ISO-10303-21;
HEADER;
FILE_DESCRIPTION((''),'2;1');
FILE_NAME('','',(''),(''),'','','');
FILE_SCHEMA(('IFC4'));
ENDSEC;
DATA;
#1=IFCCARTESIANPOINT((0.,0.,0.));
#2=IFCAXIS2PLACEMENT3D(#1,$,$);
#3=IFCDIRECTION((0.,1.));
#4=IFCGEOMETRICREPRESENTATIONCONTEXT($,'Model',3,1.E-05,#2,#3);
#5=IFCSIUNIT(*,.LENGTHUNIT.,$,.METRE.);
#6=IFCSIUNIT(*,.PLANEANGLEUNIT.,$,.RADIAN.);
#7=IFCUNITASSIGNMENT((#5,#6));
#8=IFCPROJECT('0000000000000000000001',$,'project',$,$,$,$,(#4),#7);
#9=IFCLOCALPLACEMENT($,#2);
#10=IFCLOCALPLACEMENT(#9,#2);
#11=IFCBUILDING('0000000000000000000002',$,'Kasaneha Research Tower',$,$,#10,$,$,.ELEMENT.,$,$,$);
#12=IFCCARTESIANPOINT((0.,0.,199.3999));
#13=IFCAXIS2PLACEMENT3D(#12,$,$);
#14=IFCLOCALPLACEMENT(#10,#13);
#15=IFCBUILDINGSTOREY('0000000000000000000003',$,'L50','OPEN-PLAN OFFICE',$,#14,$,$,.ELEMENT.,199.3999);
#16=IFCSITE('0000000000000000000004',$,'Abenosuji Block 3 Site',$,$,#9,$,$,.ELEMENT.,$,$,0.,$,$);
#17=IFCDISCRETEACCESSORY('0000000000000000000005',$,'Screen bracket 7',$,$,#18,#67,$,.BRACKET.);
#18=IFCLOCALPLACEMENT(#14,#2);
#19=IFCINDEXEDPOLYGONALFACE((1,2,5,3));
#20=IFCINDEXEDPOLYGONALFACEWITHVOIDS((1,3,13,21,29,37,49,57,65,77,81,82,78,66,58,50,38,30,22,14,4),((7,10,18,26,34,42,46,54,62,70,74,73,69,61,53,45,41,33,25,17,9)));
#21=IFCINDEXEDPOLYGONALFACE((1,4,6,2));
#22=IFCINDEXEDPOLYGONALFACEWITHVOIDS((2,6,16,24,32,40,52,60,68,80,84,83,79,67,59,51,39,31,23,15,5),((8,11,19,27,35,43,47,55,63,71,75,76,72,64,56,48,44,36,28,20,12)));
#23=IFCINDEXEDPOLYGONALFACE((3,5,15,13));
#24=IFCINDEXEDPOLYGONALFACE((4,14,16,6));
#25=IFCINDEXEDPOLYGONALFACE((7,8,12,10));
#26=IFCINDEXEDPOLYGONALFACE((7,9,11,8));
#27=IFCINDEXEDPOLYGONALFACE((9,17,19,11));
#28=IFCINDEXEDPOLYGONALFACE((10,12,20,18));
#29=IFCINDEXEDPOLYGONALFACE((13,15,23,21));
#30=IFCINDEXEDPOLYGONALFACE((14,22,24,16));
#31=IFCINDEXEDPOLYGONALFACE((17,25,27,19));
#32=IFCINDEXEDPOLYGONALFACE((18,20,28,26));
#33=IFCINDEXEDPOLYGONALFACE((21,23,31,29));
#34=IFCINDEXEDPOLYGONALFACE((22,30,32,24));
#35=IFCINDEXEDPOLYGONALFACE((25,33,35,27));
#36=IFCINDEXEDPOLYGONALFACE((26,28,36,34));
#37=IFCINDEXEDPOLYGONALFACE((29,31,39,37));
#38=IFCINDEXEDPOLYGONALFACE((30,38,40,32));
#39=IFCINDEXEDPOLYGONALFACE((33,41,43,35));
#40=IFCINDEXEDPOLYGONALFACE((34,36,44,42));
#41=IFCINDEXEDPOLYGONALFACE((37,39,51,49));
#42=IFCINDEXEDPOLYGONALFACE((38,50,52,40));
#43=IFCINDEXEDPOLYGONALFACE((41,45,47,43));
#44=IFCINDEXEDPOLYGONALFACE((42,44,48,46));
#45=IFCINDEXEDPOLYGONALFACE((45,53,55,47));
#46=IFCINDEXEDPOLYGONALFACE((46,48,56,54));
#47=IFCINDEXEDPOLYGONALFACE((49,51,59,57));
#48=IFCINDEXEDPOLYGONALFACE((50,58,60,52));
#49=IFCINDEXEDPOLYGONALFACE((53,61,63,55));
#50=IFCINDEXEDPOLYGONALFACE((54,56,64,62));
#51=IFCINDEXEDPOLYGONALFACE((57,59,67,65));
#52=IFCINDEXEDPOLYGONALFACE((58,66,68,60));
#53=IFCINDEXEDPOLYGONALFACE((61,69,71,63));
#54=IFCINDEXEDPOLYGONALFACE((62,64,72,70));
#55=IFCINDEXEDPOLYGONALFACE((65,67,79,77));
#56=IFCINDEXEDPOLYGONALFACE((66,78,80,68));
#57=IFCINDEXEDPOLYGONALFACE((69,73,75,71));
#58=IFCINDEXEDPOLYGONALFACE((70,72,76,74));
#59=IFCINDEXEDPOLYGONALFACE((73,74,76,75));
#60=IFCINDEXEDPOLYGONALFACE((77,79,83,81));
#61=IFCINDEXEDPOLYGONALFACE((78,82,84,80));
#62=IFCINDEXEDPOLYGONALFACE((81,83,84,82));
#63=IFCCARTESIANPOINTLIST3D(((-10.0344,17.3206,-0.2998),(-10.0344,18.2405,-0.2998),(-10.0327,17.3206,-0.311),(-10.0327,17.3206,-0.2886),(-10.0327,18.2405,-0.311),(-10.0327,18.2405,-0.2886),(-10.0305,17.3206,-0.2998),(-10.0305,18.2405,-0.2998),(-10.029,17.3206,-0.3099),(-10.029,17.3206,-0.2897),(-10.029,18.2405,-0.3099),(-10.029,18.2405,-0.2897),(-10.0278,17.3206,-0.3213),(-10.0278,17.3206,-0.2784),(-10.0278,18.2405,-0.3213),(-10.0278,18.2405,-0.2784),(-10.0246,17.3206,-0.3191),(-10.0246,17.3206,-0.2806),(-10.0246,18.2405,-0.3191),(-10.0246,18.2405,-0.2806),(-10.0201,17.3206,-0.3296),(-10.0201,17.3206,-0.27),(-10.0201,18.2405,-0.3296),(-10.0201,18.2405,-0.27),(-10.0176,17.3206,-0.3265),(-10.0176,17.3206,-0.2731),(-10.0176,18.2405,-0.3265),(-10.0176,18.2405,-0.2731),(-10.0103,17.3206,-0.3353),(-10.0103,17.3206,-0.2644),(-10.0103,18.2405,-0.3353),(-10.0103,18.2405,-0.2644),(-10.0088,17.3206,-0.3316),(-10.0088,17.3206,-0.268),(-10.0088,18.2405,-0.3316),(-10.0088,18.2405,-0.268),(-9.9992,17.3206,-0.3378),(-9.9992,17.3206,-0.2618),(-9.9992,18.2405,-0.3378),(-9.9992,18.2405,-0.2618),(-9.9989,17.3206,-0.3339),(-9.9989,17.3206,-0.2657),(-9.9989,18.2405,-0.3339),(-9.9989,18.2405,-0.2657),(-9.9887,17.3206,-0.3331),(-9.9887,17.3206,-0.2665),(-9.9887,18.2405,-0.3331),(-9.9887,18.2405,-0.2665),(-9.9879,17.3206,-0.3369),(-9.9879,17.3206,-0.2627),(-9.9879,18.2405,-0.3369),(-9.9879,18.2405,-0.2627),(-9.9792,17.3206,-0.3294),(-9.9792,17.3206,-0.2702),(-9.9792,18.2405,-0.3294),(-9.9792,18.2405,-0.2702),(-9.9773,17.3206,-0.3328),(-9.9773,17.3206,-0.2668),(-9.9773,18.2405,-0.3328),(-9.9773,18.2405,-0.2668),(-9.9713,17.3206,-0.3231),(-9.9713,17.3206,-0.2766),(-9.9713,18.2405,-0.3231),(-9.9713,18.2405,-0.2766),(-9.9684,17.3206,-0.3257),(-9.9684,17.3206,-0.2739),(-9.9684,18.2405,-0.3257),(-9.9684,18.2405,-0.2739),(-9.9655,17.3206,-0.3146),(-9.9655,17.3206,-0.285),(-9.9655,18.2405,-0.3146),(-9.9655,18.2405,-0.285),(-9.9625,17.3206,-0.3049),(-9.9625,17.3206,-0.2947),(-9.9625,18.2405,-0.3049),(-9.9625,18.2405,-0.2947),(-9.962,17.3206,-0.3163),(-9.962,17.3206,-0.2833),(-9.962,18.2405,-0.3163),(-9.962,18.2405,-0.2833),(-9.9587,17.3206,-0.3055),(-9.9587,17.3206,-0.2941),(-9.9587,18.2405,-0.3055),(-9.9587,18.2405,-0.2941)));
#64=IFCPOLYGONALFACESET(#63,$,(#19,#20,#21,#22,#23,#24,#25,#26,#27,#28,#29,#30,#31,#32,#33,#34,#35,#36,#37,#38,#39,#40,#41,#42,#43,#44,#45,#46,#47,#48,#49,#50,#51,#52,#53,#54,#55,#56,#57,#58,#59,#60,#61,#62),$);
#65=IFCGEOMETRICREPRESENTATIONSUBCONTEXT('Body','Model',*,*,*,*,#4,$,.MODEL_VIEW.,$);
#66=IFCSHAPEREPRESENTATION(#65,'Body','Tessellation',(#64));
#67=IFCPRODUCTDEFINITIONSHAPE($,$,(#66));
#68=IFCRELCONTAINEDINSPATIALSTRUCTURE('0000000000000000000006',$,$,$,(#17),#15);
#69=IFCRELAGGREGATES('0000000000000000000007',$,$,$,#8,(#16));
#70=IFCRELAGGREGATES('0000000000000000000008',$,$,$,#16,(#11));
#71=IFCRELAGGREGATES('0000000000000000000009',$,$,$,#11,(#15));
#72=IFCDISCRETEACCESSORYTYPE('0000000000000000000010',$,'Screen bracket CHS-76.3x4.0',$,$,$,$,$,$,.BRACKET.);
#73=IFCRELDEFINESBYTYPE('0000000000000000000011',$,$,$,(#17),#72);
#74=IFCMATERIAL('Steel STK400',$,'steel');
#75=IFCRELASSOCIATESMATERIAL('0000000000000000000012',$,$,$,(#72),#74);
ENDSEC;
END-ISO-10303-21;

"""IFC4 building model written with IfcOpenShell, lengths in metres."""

from ifc_helpers import new_model, si_unit, direction, frame, origin, origin_2d, place, context, subcontext, project, spatial, hollow_circle, extrude, material, material_profile, profile_set, type_object, element, save


model = new_model("IFC4")

# Units and contexts
model_context = context("Model", 3, precision=1e-05, world=origin(), true_north=direction((0.0, 1.0)))
body_context = subcontext(model_context, "Body", "Model", "MODEL_VIEW")
ifc_project = project(units=[si_unit("LENGTHUNIT", "METRE"), si_unit("PLANEANGLEUNIT", "RADIAN")], contexts=[model_context])

# Site, building, storey
site_placement = place(None, origin())
site = spatial("IfcSite", under=ifc_project, at=site_placement, Name="Abenosuji Block 3 Site", CompositionType="ELEMENT", RefElevation=0.0)
building_placement = place(site_placement, origin())
building = spatial("IfcBuilding", under=site, at=building_placement, Name="Kasaneha Research Tower", CompositionType="ELEMENT")
storey_placement = place(building_placement, frame((0.0, 0.0, 199.3999)))
storey = spatial("IfcBuildingStorey", under=building, at=storey_placement, Name="L50", Description="OPEN-PLAN OFFICE", CompositionType="ELEMENT", Elevation=199.3999)

# Discrete accessory
ifc_material_1 = material(Name="Steel STK400", Category="steel")
ifc_material_profile_1 = material_profile(ifc_material_1, hollow_circle(Radius=0.0381, WallThickness=0.0039, at=origin_2d()), Name="CHS-76.3x4.0")
ifc_profile_set_1 = profile_set([ifc_material_profile_1], Name="Steel STK400")
discrete_accessory_type = type_object("IfcDiscreteAccessoryType", Name="Screen bracket CHS-76.3x4.0", PredefinedType="BRACKET", material=ifc_profile_set_1)
for number, where, z_axis, x_axis, name in (
    (1, (-9.9963, 17.3206, -0.2998), (0.0, 1.0, 0.0), (-1.0, 0.0, 0.0), "Screen bracket 7"),
):
    element("IfcDiscreteAccessory", number, at=place(storey_placement, frame(where, z_axis=z_axis, x_axis=x_axis)), inside=storey, type_object=discrete_accessory_type, Name=name, PredefinedType="BRACKET", context=body_context, shape_type="SweptSolid", body=[
        extrude(hollow_circle(Radius=0.0381, WallThickness=0.0039, at=origin_2d()), origin(), (0.0, 0.0, 1.0), 0.9199),
    ])

save(model, "model.ifc")
